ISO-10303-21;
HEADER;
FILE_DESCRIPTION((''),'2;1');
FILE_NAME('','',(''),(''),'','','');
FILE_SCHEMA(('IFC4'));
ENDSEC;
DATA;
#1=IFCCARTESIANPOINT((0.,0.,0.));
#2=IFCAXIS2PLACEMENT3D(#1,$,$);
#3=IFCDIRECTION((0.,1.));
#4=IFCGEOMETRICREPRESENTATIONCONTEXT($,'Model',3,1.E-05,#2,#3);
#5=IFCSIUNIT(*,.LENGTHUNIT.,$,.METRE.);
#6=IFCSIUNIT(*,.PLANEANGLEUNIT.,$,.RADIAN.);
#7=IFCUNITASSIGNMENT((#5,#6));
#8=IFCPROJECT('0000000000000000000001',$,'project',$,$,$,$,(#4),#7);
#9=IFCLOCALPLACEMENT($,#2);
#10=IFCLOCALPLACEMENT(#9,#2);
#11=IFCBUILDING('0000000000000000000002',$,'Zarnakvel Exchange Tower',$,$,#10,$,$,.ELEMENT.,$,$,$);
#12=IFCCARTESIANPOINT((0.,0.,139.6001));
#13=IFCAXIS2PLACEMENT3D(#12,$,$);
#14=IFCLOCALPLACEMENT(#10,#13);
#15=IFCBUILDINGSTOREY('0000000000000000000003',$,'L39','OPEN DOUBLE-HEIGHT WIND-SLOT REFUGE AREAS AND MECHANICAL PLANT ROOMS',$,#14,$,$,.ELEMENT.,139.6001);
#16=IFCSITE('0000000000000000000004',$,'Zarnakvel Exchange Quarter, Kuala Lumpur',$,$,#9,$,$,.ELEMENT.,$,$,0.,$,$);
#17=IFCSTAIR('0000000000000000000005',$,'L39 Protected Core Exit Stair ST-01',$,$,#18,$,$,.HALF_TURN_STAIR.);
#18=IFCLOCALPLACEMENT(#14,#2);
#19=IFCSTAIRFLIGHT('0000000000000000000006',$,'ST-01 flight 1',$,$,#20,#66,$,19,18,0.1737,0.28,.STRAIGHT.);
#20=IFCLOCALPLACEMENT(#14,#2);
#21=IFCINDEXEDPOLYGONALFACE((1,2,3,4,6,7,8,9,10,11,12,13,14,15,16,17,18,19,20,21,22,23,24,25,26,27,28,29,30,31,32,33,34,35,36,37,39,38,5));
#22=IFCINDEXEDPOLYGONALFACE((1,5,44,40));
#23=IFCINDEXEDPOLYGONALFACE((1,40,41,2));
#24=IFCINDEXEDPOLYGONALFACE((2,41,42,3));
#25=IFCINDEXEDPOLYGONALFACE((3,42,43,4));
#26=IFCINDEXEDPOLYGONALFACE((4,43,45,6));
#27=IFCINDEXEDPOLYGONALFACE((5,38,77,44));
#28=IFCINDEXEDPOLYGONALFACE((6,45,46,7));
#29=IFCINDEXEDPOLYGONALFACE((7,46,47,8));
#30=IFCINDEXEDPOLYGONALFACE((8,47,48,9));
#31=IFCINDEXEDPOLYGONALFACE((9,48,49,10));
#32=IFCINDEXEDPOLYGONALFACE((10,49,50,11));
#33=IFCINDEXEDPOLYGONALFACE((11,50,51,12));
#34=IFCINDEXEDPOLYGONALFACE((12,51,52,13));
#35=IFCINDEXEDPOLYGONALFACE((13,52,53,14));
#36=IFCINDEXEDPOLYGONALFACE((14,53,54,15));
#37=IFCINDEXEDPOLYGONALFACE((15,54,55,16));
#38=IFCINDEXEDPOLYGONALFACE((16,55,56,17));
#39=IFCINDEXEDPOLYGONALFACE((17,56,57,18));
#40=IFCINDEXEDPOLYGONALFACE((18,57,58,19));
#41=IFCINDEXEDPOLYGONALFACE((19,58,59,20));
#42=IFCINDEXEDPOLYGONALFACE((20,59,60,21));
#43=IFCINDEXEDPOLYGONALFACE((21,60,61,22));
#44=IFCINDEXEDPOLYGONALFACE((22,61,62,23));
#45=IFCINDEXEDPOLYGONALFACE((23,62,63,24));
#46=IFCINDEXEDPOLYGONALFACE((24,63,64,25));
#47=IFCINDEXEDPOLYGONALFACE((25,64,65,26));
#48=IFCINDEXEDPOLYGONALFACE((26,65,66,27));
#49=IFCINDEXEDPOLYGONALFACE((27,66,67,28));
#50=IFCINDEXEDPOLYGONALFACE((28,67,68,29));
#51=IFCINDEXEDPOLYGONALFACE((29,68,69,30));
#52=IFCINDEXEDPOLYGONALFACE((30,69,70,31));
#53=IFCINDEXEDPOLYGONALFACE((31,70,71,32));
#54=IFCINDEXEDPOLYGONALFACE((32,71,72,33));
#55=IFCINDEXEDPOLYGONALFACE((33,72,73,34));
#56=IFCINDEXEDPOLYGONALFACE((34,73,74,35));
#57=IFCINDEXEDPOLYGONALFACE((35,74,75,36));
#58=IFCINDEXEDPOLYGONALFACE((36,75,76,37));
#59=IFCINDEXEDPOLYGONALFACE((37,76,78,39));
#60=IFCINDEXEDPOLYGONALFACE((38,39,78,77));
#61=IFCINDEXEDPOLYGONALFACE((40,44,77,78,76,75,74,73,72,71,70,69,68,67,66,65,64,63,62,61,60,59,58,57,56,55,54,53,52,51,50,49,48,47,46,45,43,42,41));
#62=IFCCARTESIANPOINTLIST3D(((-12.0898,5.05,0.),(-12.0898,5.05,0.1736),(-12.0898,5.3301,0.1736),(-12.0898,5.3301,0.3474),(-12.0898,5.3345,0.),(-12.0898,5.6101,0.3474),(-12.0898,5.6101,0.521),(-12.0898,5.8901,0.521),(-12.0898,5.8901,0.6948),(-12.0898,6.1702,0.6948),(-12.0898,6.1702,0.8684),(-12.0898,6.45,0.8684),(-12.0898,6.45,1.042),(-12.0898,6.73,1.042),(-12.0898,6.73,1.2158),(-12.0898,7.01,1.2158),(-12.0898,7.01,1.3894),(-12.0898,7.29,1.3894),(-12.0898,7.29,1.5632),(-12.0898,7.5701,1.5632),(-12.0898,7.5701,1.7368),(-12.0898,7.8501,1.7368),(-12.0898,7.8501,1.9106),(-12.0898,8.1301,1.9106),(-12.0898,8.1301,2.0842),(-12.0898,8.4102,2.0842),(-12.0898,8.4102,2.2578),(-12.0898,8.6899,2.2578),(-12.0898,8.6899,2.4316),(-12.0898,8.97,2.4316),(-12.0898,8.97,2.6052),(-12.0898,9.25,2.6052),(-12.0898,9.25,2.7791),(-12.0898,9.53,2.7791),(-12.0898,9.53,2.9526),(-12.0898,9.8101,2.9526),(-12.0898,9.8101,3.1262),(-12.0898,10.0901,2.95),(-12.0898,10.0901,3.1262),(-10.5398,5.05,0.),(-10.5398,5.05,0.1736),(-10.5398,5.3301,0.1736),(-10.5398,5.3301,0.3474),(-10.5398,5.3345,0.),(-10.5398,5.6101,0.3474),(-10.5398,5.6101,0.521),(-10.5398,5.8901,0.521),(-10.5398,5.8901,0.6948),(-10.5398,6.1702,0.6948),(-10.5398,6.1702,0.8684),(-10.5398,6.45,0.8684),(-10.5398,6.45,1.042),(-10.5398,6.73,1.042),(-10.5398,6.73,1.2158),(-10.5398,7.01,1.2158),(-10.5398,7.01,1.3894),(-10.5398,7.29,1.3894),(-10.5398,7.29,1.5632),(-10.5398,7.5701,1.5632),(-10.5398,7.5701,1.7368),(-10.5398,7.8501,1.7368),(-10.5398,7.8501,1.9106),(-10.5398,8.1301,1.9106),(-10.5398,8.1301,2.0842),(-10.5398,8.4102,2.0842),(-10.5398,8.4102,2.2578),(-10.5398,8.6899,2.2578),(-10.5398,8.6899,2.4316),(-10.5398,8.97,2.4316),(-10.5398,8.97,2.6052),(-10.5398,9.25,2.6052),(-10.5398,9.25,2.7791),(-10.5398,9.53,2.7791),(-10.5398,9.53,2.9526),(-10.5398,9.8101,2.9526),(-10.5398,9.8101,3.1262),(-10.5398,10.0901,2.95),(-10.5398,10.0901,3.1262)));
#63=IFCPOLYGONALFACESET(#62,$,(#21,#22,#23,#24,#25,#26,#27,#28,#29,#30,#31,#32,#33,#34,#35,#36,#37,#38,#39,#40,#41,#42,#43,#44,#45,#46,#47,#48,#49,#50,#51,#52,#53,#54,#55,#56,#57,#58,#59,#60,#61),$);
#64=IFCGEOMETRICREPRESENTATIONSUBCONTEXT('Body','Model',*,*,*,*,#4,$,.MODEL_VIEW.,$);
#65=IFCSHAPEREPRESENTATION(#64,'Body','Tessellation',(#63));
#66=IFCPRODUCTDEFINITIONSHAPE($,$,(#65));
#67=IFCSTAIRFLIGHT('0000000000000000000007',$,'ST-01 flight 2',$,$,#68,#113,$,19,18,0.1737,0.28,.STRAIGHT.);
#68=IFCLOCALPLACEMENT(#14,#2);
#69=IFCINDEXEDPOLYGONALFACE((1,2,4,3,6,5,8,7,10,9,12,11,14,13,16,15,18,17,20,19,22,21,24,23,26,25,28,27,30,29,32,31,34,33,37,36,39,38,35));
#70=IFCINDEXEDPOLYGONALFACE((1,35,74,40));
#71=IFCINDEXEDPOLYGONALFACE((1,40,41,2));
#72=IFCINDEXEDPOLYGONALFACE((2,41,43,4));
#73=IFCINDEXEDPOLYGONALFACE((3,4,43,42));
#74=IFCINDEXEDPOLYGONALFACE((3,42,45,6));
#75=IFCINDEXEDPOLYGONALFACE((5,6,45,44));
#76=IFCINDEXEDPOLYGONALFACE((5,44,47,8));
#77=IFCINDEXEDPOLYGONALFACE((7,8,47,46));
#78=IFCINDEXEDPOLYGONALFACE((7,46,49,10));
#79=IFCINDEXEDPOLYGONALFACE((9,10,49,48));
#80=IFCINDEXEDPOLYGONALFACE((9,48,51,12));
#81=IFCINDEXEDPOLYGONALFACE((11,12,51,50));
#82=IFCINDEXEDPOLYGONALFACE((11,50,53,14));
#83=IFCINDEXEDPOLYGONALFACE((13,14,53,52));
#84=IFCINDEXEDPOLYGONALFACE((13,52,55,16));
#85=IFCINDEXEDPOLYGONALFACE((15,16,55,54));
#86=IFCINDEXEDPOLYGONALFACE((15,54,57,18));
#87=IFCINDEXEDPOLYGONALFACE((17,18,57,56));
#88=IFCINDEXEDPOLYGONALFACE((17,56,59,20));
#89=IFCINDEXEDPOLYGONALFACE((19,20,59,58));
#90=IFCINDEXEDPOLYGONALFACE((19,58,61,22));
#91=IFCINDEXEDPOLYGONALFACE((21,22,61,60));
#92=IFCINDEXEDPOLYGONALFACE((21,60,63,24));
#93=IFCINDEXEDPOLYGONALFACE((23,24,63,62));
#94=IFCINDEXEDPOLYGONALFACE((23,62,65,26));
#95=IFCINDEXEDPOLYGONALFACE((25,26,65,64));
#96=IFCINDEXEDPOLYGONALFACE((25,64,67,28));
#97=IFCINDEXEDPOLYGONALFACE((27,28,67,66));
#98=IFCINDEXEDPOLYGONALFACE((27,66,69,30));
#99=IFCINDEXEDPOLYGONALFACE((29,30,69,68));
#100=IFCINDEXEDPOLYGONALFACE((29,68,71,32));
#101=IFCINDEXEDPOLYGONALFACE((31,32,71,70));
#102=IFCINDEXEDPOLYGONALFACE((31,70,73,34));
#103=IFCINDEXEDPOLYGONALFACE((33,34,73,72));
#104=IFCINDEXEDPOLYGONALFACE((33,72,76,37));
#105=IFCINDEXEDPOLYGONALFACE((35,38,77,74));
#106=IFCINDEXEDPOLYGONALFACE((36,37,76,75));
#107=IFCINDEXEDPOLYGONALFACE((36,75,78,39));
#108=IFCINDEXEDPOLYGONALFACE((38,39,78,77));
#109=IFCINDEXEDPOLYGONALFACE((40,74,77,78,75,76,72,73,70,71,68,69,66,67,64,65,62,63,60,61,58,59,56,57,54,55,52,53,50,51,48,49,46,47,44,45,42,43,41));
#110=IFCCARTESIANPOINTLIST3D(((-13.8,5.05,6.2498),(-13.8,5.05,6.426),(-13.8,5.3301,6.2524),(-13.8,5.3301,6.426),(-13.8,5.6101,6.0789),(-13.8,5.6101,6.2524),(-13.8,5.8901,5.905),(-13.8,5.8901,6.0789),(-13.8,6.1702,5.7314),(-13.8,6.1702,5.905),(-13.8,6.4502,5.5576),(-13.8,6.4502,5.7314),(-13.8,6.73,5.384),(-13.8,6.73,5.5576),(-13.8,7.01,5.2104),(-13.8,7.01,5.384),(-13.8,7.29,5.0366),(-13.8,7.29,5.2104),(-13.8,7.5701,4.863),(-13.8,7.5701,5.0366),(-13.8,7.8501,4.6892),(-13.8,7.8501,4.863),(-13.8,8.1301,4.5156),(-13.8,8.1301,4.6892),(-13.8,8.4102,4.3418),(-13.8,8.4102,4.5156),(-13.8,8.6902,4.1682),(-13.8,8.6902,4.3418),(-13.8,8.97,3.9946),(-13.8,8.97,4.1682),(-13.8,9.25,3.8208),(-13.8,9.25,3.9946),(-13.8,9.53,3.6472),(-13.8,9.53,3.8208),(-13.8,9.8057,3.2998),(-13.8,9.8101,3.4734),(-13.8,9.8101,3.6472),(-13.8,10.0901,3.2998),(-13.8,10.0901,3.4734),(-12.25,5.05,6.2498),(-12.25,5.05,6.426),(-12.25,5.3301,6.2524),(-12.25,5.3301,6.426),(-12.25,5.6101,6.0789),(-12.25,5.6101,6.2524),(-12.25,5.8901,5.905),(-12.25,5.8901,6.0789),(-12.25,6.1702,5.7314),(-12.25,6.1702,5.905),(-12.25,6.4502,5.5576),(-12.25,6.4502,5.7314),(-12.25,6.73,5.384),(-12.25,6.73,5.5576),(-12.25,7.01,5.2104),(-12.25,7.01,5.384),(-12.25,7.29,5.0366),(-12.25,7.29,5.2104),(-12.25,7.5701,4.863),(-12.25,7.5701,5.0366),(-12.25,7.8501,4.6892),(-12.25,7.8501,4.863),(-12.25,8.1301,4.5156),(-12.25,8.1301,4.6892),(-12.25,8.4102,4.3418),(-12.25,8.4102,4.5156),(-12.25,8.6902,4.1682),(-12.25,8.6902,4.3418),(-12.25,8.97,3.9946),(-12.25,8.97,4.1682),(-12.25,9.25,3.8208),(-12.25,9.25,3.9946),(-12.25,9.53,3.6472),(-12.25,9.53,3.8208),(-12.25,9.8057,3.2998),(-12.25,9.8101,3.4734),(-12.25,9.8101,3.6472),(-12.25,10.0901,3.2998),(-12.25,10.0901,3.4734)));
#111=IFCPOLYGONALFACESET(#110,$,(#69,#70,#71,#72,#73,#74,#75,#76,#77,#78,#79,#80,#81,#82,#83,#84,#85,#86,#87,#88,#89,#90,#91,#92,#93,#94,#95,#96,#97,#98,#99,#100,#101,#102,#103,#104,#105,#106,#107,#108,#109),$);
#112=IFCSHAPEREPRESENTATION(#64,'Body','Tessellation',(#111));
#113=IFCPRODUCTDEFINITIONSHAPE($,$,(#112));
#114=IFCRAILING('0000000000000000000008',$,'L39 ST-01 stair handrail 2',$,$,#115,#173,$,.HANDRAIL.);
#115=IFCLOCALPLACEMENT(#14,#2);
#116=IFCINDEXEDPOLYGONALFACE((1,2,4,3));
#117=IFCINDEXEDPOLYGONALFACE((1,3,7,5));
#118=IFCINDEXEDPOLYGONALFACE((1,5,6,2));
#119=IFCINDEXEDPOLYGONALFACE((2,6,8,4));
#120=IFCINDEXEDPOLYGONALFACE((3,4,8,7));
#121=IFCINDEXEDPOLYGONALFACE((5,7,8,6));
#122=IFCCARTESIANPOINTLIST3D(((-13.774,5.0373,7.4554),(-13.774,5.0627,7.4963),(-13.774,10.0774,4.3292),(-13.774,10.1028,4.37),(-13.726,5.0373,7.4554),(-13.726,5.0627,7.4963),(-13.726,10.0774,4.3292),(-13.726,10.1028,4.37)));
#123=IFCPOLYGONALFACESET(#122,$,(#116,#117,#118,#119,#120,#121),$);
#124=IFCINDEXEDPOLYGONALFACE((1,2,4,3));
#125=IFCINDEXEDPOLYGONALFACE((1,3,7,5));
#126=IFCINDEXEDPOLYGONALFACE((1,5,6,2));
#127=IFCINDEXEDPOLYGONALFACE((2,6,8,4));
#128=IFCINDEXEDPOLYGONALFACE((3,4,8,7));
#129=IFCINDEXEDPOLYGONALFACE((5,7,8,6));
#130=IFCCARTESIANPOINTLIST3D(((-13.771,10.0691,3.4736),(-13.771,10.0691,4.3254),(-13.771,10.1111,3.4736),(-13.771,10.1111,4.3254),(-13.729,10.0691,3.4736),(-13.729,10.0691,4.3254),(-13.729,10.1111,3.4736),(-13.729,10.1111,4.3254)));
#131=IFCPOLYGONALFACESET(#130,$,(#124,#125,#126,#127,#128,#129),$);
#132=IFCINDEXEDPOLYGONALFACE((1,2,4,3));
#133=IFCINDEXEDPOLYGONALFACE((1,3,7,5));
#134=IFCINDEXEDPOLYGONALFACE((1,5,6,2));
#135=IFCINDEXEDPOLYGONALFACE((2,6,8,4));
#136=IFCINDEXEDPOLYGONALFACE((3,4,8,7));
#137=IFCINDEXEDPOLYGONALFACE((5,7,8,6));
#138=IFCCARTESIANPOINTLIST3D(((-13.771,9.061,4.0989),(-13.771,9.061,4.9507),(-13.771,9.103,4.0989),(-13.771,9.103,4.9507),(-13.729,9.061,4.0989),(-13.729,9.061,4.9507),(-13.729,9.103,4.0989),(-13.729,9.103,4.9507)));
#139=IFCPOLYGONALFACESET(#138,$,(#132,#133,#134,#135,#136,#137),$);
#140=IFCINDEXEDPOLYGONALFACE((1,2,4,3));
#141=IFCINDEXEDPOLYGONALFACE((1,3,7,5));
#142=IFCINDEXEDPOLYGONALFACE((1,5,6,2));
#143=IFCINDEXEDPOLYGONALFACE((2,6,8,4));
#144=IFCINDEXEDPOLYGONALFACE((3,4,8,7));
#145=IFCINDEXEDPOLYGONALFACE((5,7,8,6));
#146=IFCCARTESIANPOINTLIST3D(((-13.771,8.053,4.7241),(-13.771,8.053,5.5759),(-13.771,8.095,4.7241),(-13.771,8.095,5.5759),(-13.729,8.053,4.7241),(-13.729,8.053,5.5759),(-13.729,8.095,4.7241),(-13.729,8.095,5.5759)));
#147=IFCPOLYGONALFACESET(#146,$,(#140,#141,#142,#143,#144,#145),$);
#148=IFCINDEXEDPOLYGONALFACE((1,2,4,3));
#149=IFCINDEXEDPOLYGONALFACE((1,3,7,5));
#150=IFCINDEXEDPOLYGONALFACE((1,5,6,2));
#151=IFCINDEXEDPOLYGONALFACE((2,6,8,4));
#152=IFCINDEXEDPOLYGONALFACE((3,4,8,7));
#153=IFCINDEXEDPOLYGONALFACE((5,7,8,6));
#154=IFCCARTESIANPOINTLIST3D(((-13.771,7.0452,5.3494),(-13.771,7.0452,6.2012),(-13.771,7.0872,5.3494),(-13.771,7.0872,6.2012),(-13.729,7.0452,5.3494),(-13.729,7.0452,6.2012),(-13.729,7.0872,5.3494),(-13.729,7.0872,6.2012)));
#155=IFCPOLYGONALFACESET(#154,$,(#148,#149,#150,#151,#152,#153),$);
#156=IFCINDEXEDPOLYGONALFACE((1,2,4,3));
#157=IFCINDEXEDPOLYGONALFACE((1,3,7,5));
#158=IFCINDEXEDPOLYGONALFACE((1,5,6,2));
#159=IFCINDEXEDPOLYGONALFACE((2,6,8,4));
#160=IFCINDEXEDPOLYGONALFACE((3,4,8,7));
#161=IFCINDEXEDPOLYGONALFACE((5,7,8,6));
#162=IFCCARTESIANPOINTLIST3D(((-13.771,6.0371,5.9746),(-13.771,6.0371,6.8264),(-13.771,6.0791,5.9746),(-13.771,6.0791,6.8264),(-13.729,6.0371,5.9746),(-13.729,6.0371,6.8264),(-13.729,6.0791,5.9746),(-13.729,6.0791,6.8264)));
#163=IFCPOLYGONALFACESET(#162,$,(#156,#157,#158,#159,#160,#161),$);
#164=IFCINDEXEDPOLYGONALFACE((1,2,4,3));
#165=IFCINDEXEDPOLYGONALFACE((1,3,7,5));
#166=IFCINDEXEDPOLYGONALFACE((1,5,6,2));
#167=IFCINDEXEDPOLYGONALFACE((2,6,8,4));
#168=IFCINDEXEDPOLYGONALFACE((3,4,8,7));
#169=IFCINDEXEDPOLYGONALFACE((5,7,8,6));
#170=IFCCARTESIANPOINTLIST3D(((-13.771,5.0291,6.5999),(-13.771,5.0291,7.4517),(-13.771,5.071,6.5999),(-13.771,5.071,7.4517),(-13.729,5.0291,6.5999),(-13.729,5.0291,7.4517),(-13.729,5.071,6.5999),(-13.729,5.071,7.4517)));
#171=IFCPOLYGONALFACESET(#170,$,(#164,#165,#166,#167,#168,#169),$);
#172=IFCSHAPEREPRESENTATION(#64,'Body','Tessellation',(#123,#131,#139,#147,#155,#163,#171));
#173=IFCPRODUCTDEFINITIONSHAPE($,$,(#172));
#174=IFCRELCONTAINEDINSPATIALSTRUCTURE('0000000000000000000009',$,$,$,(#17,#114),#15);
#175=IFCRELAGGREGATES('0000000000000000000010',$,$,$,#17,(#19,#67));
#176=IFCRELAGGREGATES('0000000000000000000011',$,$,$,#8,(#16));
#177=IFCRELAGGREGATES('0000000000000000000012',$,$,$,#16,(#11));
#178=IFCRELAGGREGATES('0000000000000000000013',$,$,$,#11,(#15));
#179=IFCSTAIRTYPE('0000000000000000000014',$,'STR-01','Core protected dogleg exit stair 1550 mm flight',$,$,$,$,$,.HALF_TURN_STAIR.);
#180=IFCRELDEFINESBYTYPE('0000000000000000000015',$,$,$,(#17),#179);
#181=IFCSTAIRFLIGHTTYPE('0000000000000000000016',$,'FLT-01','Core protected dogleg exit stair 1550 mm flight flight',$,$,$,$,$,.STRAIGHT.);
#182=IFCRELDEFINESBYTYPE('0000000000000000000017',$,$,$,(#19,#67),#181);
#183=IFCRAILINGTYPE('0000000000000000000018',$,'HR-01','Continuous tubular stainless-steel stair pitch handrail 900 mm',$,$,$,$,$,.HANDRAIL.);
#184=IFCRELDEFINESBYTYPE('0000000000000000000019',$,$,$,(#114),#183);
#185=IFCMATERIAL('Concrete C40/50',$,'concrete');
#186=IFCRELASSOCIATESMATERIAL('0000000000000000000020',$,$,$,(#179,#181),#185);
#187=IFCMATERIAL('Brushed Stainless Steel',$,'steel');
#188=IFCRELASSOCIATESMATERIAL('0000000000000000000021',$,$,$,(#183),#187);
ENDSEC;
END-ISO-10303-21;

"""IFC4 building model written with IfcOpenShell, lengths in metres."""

from ifc_helpers import new_model, si_unit, direction, frame, origin, origin_2d, place, context, subcontext, project, spatial, polyline, rectangle, outline, extrude, material, type_object, element, aggregate, save


model = new_model("IFC4")

# Units and contexts
model_context = context("Model", 3, precision=1e-05, world=origin(), true_north=direction((0.0, 1.0)))
body_context = subcontext(model_context, "Body", "Model", "MODEL_VIEW")
ifc_project = project(units=[si_unit("LENGTHUNIT", "METRE"), si_unit("PLANEANGLEUNIT", "RADIAN")], contexts=[model_context])

# Site, building, storey
site_placement = place(None, origin())
site = spatial("IfcSite", under=ifc_project, at=site_placement, Name="Zarnakvel Exchange Quarter, Kuala Lumpur", CompositionType="ELEMENT", RefElevation=0.0)
building_placement = place(site_placement, origin())
building = spatial("IfcBuilding", under=site, at=building_placement, Name="Zarnakvel Exchange Tower", CompositionType="ELEMENT")
storey_placement = place(building_placement, frame((0.0, 0.0, 139.6001)))
storey = spatial("IfcBuildingStorey", under=building, at=storey_placement, Name="L39", Description="OPEN DOUBLE-HEIGHT WIND-SLOT REFUGE AREAS AND MECHANICAL PLANT ROOMS", CompositionType="ELEMENT", Elevation=139.6001)

# Shared definitions
ifc_material_1 = material(Name="Concrete C40/50", Category="concrete")

# Stair, stair flights
stair_type = type_object("IfcStairType", Name="STR-01", Description="Core protected dogleg exit stair 1550 mm flight", PredefinedType="HALF_TURN_STAIR", material=ifc_material_1)
stair_placement = place(storey_placement, origin())
stair = element("IfcStair", 1, at=stair_placement, inside=storey, type_object=stair_type, Name="L39 Protected Core Exit Stair ST-01", PredefinedType="HALF_TURN_STAIR")
stair_flight_type = type_object("IfcStairFlightType", Name="FLT-01", Description="Core protected dogleg exit stair 1550 mm flight flight", PredefinedType="STRAIGHT", material=ifc_material_1)
stair_flight_1_placement = place(storey_placement, frame((-11.3149, 5.05, 0.0), z_axis=(0.0, 0.0, 1.0), x_axis=(0.0, 1.0, 0.0)))
stair_flight_1 = element("IfcStairFlight", 2, at=stair_flight_1_placement, type_object=stair_flight_type, Name="ST-01 flight 1", NumberOfRisers=19, NumberOfTreads=18, PredefinedType="STRAIGHT", RiserHeight=0.1737, TreadLength=0.28, context=body_context, shape_type="SweptSolid", body=[
    extrude(outline(polyline([(0.0, 0.0), (0.0, 0.1736), (0.28, 0.1736), (0.28, 0.3474), (0.5601, 0.3474), (0.5601, 0.521), (0.8401, 0.521), (0.8401, 0.6948), (1.1201, 0.6948), (1.1201, 0.8684), (1.3999, 0.8684), (1.3999, 1.042), (1.6799, 1.042), (1.6799, 1.2158), (1.96, 1.2158), (1.96, 1.3894), (2.24, 1.3894), (2.24, 1.5632), (2.52, 1.5632), (2.52, 1.7368), (2.8, 1.7368), (2.8, 1.9106), (3.0801, 1.9106), (3.0801, 2.0842), (3.3601, 2.0842), (3.3601, 2.2578), (3.6399, 2.2578), (3.6399, 2.4316), (3.9199, 2.4316), (3.9199, 2.6052), (4.2, 2.6052), (4.2, 2.7791), (4.48, 2.7791), (4.48, 2.9526), (4.76, 2.9526), (4.76, 3.1262), (5.04, 3.1262), (5.04, 3.3), (5.04, 2.95), (0.2844, 0.0), (0.0, 0.0)])), frame((0.0, 0.7749, 0.0), z_axis=(0.0, -1.0, 0.0), x_axis=(1.0, 0.0, 0.0)), (0.0, 0.0, 1.0), 1.55),
])
stair_flight_2_placement = place(storey_placement, frame((-13.0249, 10.0901, 3.2998), z_axis=(0.0, 0.0, 1.0), x_axis=(0.0, -1.0, 0.0)))
stair_flight_2 = element("IfcStairFlight", 3, at=stair_flight_2_placement, type_object=stair_flight_type, Name="ST-01 flight 2", NumberOfRisers=19, NumberOfTreads=18, PredefinedType="STRAIGHT", RiserHeight=0.1737, TreadLength=0.28, context=body_context, shape_type="SweptSolid", body=[
    extrude(outline(polyline([(0.0, 0.0), (0.0, 0.1736), (0.28, 0.1736), (0.28, 0.3474), (0.5601, 0.3474), (0.5601, 0.521), (0.8401, 0.521), (0.8401, 0.6948), (1.1201, 0.6948), (1.1201, 0.8684), (1.3999, 0.8684), (1.3999, 1.042), (1.6799, 1.042), (1.6799, 1.2158), (1.96, 1.2158), (1.96, 1.3894), (2.24, 1.3894), (2.24, 1.5632), (2.52, 1.5632), (2.52, 1.7368), (2.8, 1.7368), (2.8, 1.9106), (3.0801, 1.9106), (3.0801, 2.0842), (3.3601, 2.0842), (3.3601, 2.2578), (3.6399, 2.2578), (3.6399, 2.4316), (3.9199, 2.4316), (3.9199, 2.6052), (4.2, 2.6052), (4.2, 2.7791), (4.48, 2.7791), (4.48, 2.9526), (4.76, 2.9526), (4.76, 3.1262), (5.04, 3.1262), (5.04, 3.3), (5.04, 2.95), (0.2844, 0.0), (0.0, 0.0)])), frame((0.0, 0.7749, 0.0), z_axis=(0.0, -1.0, 0.0), x_axis=(1.0, 0.0, 0.0)), (0.0, 0.0, 1.0), 1.55),
])
aggregate(stair, [stair_flight_1, stair_flight_2])

# Railing
ifc_material_2 = material(Name="Brushed Stainless Steel", Category="steel")
railing_type_1 = type_object("IfcRailingType", Name="HR-01", Description="Continuous tubular stainless-steel stair pitch handrail 900 mm", PredefinedType="HANDRAIL", material=ifc_material_2)
railing_1_placement = place(storey_placement, frame((-13.75, 10.0901, 3.4736)))
element("IfcRailing", 4, at=railing_1_placement, inside=storey, type_object=railing_type_1, Name="L39 ST-01 stair handrail 2", PredefinedType="HANDRAIL", context=body_context, shape_type="SweptSolid", body=[
    extrude(rectangle(XDim=0.0481, YDim=0.0481, at=origin_2d()), frame((0.0, 0.0, 0.876), z_axis=(0.0, -0.849797, 0.52711), x_axis=(1.0, 0.0, 0.0)), (0.0, 0.0, 1.0), 5.9309),
    extrude(rectangle(XDim=0.042, YDim=0.042, at=origin_2d()), origin(), (0.0, 0.0, 1.0), 0.8518),
    extrude(rectangle(XDim=0.042, YDim=0.042, at=origin_2d()), frame((0.0, -1.0081, 0.6252)), (0.0, 0.0, 1.0), 0.8518),
    extrude(rectangle(XDim=0.042, YDim=0.042, at=origin_2d()), frame((0.0, -2.0161, 1.2505)), (0.0, 0.0, 1.0), 0.8518),
    extrude(rectangle(XDim=0.042, YDim=0.042, at=origin_2d()), frame((0.0, -3.0239, 1.8757)), (0.0, 0.0, 1.0), 0.8518),
    extrude(rectangle(XDim=0.042, YDim=0.042, at=origin_2d()), frame((0.0, -4.032, 2.501)), (0.0, 0.0, 1.0), 0.8518),
    extrude(rectangle(XDim=0.042, YDim=0.042, at=origin_2d()), frame((0.0, -5.04, 3.1262)), (0.0, 0.0, 1.0), 0.8518),
])

save(model, "model.ifc")
